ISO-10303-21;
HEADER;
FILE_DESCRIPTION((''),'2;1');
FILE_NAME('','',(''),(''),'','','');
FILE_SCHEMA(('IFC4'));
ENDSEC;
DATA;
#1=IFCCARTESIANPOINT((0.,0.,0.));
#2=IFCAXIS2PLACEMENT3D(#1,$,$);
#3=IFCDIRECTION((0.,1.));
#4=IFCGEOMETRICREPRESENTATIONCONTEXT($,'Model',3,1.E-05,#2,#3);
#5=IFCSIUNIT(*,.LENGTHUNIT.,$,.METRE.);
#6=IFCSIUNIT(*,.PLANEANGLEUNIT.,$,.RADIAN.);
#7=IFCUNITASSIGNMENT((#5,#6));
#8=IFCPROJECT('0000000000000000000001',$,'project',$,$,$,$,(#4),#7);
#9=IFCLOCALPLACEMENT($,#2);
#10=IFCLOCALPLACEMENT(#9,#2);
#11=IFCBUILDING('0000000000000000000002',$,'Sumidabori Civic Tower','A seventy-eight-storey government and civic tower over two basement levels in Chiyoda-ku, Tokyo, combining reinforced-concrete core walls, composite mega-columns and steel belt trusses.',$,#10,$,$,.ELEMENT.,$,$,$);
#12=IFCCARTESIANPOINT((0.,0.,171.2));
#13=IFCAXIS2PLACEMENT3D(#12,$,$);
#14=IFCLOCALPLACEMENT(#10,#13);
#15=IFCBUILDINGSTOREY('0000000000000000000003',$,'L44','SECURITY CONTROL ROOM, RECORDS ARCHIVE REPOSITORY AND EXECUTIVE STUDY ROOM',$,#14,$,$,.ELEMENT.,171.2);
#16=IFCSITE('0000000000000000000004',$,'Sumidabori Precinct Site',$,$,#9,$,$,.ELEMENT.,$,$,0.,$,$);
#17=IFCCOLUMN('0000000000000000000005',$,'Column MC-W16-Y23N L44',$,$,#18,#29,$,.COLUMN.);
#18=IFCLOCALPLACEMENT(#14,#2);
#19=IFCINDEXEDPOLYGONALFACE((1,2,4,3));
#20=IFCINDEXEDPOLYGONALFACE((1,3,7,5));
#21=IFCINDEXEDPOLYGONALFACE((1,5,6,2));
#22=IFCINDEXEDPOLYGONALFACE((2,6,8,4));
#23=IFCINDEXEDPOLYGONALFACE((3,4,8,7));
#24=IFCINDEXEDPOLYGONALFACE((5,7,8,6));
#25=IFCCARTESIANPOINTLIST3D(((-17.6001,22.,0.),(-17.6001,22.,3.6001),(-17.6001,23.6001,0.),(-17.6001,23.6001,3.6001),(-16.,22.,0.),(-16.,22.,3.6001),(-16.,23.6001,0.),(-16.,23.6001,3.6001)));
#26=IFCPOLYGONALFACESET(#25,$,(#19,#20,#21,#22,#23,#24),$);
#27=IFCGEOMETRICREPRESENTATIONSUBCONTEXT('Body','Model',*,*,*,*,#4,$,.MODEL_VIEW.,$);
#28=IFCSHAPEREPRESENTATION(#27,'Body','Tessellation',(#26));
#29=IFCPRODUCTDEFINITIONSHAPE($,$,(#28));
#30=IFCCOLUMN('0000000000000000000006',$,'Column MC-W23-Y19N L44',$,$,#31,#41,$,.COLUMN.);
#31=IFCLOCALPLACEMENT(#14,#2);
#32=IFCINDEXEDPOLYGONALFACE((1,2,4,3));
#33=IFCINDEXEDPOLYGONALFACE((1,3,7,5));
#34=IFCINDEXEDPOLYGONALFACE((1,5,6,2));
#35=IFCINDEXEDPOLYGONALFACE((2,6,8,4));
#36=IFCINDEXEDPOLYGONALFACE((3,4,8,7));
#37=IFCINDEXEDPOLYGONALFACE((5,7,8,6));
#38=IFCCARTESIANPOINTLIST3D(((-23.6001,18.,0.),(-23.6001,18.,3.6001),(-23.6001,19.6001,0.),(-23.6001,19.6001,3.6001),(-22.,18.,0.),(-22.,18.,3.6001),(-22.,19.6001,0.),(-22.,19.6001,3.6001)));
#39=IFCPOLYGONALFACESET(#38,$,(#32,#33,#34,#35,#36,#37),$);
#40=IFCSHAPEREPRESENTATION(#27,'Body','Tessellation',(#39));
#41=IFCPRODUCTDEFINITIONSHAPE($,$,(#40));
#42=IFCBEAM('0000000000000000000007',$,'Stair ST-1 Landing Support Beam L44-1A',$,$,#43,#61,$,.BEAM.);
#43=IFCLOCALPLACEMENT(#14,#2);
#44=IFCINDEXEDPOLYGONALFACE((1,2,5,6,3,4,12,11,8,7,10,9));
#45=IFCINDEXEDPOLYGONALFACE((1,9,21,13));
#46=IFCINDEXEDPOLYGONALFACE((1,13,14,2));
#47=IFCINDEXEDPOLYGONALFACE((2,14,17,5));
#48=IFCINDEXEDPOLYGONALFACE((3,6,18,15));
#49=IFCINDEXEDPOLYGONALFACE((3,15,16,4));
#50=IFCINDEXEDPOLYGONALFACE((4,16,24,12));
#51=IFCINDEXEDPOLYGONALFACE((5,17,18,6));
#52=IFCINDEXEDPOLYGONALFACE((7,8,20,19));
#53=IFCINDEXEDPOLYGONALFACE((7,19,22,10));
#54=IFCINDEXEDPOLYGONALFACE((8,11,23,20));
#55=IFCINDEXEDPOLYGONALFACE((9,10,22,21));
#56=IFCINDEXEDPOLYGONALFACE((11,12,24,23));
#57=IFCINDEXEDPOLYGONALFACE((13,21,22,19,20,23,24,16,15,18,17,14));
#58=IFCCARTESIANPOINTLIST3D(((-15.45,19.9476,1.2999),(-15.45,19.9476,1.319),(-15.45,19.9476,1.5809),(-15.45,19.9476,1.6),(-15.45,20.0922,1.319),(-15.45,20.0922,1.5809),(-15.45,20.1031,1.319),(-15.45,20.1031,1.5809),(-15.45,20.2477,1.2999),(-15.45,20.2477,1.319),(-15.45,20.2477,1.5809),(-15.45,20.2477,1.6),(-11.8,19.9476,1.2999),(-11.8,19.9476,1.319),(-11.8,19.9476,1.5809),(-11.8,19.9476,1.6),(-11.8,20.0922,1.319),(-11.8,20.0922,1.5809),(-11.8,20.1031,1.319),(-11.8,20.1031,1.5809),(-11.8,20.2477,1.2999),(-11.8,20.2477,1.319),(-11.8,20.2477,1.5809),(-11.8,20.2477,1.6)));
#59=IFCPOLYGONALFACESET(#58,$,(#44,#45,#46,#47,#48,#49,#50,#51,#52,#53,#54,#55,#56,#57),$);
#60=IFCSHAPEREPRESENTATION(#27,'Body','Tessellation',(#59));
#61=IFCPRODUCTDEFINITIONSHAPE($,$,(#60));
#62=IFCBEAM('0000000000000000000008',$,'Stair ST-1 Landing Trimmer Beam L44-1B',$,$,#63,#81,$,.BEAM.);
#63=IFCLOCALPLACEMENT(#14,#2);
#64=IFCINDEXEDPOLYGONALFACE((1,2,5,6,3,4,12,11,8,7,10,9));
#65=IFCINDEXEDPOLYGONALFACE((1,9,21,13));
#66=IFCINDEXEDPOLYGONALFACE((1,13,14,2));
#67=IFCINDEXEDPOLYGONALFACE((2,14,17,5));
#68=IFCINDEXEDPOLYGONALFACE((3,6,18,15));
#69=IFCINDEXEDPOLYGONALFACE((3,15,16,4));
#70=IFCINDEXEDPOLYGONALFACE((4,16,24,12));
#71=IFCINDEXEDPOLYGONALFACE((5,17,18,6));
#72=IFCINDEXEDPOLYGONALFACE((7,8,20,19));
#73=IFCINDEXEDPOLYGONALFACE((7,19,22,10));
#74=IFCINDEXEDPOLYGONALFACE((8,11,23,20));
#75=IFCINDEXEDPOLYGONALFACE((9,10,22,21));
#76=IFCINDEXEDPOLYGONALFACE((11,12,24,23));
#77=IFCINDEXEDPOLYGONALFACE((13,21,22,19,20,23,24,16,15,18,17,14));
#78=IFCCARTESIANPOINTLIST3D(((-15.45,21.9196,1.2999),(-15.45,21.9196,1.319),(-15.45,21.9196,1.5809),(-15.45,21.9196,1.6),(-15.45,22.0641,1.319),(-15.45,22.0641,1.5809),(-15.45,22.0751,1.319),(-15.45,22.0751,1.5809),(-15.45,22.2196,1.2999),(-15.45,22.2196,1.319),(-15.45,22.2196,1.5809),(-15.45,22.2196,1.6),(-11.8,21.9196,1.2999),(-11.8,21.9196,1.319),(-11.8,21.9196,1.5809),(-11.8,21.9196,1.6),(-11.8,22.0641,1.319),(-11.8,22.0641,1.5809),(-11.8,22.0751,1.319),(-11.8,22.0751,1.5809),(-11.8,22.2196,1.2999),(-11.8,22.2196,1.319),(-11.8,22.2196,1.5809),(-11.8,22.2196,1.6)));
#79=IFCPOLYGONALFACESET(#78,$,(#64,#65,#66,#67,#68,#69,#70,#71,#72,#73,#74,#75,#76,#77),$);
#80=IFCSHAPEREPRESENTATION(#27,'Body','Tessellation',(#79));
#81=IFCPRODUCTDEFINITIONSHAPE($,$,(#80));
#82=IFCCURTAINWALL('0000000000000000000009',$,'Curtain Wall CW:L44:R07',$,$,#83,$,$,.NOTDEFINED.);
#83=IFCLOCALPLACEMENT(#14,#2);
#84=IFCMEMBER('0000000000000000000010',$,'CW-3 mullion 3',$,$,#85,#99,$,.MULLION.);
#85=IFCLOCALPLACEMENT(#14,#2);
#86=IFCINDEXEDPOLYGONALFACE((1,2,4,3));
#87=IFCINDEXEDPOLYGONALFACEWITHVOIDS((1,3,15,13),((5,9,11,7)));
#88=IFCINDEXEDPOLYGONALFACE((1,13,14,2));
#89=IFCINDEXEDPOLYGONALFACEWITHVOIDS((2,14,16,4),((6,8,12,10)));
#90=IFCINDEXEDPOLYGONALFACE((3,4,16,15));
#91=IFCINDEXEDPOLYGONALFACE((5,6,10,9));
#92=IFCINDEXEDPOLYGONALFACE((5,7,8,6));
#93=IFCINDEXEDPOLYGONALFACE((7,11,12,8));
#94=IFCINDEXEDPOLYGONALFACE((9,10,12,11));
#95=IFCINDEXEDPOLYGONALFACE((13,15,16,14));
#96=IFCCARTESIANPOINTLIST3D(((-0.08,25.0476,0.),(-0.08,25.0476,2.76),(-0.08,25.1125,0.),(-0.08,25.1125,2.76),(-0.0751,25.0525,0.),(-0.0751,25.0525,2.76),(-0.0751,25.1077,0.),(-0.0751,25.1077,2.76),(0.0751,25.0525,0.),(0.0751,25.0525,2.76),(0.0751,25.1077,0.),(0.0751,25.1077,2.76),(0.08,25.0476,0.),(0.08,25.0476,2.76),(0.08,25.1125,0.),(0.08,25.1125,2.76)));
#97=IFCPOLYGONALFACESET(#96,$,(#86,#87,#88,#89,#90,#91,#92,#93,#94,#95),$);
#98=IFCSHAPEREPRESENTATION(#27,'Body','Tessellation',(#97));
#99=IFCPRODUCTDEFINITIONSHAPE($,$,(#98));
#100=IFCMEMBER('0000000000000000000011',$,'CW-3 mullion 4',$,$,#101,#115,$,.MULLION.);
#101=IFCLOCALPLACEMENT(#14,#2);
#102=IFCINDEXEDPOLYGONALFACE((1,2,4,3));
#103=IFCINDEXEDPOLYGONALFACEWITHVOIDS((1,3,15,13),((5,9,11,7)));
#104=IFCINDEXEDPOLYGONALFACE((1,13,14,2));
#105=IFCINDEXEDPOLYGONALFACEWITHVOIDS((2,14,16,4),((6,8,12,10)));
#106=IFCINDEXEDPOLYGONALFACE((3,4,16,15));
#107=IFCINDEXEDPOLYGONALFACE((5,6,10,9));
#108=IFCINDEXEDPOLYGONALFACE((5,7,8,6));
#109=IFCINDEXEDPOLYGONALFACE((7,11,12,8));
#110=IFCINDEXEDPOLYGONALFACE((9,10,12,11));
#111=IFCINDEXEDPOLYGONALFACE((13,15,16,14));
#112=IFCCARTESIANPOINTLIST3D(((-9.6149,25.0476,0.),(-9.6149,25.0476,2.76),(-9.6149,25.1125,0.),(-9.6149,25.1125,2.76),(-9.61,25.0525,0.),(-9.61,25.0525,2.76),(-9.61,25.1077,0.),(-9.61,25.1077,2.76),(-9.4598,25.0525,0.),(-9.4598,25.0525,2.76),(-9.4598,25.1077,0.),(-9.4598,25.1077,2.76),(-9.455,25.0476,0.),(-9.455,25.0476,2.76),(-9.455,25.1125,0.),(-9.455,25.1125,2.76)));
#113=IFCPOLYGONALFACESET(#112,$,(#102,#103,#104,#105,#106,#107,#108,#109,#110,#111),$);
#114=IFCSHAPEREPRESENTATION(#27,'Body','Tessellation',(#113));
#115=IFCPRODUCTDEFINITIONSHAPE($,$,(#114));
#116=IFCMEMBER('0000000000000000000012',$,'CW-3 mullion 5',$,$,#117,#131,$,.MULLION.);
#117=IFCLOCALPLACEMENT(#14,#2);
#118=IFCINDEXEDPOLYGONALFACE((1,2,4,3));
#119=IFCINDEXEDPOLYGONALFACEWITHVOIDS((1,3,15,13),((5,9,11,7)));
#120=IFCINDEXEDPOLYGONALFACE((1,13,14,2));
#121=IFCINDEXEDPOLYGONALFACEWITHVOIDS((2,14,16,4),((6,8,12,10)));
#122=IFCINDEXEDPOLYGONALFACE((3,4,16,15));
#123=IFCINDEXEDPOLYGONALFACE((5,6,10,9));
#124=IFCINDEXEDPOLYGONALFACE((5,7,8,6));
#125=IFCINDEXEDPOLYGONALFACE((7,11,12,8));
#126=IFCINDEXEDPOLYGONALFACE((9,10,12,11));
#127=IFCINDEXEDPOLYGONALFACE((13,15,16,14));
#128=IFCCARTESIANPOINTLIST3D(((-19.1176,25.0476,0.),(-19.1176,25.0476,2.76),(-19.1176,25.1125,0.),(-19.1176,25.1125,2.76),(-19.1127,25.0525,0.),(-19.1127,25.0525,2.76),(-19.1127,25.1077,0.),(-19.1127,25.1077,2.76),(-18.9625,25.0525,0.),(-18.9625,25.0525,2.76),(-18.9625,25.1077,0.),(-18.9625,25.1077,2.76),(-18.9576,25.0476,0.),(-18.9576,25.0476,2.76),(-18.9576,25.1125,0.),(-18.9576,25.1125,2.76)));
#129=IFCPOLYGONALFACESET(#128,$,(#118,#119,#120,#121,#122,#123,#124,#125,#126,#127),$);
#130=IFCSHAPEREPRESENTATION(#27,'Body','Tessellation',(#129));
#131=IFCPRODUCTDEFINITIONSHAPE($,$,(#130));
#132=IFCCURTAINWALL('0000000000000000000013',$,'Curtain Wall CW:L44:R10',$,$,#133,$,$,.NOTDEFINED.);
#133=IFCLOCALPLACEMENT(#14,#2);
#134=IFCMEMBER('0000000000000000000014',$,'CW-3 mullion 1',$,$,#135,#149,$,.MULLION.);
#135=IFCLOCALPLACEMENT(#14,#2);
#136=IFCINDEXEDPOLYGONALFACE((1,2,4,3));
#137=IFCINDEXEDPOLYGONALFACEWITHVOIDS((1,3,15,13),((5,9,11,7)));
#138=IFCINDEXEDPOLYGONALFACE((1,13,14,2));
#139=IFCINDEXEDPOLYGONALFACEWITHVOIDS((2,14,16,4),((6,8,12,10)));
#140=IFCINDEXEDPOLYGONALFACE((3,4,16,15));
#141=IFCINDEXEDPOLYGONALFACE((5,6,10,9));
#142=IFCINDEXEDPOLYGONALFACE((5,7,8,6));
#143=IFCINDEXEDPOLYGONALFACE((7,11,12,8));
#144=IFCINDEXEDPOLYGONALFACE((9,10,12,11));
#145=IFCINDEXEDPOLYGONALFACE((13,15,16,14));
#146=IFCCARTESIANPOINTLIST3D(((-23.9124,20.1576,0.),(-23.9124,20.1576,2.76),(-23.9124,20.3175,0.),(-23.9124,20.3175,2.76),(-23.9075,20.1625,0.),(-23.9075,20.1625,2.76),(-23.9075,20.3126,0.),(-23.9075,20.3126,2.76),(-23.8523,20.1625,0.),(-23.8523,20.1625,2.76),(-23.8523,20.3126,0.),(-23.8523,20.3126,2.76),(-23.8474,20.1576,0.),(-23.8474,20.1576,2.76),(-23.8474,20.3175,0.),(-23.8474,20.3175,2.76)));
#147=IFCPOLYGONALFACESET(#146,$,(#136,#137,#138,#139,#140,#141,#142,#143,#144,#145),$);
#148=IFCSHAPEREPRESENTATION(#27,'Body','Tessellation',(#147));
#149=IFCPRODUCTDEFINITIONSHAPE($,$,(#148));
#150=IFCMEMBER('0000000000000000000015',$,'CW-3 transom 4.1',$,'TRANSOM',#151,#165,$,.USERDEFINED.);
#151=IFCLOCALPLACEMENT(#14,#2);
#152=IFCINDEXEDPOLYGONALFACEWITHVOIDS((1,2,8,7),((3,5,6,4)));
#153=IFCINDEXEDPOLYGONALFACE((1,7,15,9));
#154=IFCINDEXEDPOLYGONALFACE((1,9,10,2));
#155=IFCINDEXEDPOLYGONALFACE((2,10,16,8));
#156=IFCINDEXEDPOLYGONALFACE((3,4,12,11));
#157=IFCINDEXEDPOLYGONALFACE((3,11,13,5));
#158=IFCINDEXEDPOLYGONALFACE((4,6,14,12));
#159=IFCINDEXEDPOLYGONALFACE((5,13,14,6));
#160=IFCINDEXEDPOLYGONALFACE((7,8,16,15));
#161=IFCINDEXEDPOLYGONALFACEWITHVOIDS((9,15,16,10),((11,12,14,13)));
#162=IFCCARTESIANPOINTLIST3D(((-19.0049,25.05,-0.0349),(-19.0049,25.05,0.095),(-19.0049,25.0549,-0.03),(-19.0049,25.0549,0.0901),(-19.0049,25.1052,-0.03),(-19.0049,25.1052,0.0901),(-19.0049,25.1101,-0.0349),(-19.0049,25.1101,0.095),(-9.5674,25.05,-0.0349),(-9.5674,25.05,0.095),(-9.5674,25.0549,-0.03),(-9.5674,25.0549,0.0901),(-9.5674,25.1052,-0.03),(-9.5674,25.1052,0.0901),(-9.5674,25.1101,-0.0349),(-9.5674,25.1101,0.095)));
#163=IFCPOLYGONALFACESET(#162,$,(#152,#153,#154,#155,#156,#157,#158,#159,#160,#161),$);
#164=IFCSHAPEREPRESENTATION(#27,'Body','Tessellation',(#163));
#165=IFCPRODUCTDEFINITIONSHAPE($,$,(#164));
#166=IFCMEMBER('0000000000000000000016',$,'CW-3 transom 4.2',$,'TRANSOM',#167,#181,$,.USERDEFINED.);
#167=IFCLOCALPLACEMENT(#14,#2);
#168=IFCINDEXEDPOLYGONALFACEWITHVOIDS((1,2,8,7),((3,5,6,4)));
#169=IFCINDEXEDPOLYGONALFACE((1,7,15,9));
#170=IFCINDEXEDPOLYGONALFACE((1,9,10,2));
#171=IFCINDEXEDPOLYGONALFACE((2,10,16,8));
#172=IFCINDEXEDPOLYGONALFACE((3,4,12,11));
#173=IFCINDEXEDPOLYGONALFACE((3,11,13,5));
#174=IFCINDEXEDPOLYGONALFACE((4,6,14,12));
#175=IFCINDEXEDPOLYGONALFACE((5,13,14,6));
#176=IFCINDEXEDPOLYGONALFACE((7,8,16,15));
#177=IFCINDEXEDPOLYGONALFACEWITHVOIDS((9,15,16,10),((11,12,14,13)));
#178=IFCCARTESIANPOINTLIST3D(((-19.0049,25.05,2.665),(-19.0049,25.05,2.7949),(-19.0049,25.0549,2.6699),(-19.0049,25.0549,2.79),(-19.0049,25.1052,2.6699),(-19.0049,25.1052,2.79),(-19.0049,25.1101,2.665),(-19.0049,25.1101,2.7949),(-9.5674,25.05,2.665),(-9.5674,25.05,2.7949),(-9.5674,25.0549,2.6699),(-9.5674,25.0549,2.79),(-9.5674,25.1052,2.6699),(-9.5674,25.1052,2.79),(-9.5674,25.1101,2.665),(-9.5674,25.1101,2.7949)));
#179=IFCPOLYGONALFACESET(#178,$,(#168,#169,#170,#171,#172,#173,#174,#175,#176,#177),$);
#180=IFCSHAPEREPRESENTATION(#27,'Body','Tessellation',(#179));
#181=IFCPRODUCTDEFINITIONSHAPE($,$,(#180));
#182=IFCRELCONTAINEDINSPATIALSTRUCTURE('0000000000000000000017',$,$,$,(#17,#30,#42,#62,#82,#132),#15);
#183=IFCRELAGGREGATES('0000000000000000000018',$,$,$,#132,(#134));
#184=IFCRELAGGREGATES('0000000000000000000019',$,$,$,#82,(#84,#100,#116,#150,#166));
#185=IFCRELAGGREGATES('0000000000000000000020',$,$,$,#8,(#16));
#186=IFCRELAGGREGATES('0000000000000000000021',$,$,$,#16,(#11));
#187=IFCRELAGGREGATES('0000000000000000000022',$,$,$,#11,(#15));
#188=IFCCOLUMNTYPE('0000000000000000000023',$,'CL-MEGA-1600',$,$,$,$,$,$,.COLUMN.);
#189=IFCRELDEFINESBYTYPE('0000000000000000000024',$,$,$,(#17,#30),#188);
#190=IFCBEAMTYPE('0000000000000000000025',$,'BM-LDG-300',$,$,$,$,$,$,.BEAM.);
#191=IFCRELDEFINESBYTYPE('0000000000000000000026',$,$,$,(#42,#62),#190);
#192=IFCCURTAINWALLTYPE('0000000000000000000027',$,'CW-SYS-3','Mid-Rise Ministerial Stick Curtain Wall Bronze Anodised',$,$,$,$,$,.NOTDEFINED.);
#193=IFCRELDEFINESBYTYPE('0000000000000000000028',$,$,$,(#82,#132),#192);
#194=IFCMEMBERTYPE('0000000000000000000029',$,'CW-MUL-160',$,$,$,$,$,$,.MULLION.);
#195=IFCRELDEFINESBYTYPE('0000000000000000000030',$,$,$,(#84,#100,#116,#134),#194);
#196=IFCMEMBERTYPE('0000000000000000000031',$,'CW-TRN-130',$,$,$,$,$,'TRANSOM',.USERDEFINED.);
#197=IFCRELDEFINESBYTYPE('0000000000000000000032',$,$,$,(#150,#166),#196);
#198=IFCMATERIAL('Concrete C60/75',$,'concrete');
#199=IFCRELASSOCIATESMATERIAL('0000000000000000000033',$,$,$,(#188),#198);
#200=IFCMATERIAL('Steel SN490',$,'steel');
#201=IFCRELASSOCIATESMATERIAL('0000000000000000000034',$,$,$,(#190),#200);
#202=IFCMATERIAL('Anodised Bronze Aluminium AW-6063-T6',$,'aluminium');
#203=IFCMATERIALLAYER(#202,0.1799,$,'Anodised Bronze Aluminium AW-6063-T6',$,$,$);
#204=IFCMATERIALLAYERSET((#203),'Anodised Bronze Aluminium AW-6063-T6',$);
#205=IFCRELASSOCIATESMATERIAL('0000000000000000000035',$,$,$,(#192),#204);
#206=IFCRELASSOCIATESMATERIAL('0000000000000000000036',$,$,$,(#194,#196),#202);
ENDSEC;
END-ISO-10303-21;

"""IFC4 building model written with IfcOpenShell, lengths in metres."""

from ifc_helpers import new_model, si_unit, direction, frame, origin, origin_2d, place, context, subcontext, project, spatial, rectangle, hollow_rectangle, i_section, extrude, source, transform, mapped, material, layer, layer_set, material_profile, profile_set, type_object, element, aggregate, save


model = new_model("IFC4")

# Units and contexts
model_context = context("Model", 3, precision=1e-05, world=origin(), true_north=direction((0.0, 1.0)))
body_context = subcontext(model_context, "Body", "Model", "MODEL_VIEW")
ifc_project = project(units=[si_unit("LENGTHUNIT", "METRE"), si_unit("PLANEANGLEUNIT", "RADIAN")], contexts=[model_context])

# Site, building, storey
site_placement = place(None, origin())
site = spatial("IfcSite", under=ifc_project, at=site_placement, Name="Sumidabori Precinct Site", CompositionType="ELEMENT", RefElevation=0.0)
building_placement = place(site_placement, origin())
building = spatial("IfcBuilding", under=site, at=building_placement, Name="Sumidabori Civic Tower", Description="A seventy-eight-storey government and civic tower over two basement levels in Chiyoda-ku, Tokyo, combining reinforced-concrete core walls, composite mega-columns and steel belt trusses.", CompositionType="ELEMENT")
storey_placement = place(building_placement, frame((0.0, 0.0, 171.2)))
storey = spatial("IfcBuildingStorey", under=building, at=storey_placement, Name="L44", Description="SECURITY CONTROL ROOM, RECORDS ARCHIVE REPOSITORY AND EXECUTIVE STUDY ROOM", CompositionType="ELEMENT", Elevation=171.2)

# Columns
ifc_material_1 = material(Name="Concrete C60/75", Category="concrete")
ifc_material_profile_1 = material_profile(ifc_material_1, rectangle(XDim=1.6001, YDim=1.6001, at=origin_2d()), Name="RC 1600x1600")
ifc_profile_set_1 = profile_set([ifc_material_profile_1], Name="Concrete C60/75")
column_type = type_object("IfcColumnType", Name="CL-MEGA-1600", PredefinedType="COLUMN", material=ifc_profile_set_1)
shared_shape_1 = source(origin(), body_context, "Body", "SweptSolid", [
    extrude(rectangle(XDim=1.6001, YDim=1.6001, at=origin_2d()), origin(), (0.0, 0.0, 1.0), 3.6001),
])
for number, where, z_axis, x_axis, name in (
    (1, (-16.8, 22.8, 0.0), (0.0, 0.0, 1.0), (1.0, 0.0, 0.0), "Column MC-W16-Y23N L44"),
    (2, (-22.8, 18.8, 0.0), (0.0, 0.0, 1.0), (1.0, 0.0, 0.0), "Column MC-W23-Y19N L44"),
):
    element("IfcColumn", number, at=place(storey_placement, frame(where, z_axis=z_axis, x_axis=x_axis)), inside=storey, type_object=column_type, Name=name, PredefinedType="COLUMN", context=body_context, shape_type="MappedRepresentation", body=[
        mapped(shared_shape_1, transform((0.0, 0.0, 0.0), x_axis=(1.0, 0.0, 0.0), y_axis=(0.0, 1.0, 0.0), z_axis=(0.0, 0.0, 1.0), scale=1.0)),
    ])

# Beams
ifc_material_2 = material(Name="Steel SN490", Category="steel")
ifc_material_profile_2 = material_profile(ifc_material_2, i_section(OverallWidth=0.3, OverallDepth=0.3, WebThickness=0.011, FlangeThickness=0.019, at=origin_2d()), Name="HE 300 B")
ifc_profile_set_2 = profile_set([ifc_material_profile_2], Name="Steel SN490")
beam_type = type_object("IfcBeamType", Name="BM-LDG-300", PredefinedType="BEAM", material=ifc_profile_set_2)
shared_shape_2 = source(origin(), body_context, "Body", "SweptSolid", [
    extrude(i_section(OverallWidth=0.3, OverallDepth=0.3, WebThickness=0.011, FlangeThickness=0.019, at=origin_2d()), origin(), (0.0, 0.0, 1.0), 3.6499),
])
for number, where, z_axis, x_axis, name in (
    (3, (-15.45, 20.0977, 1.45), (1.0, 0.0, 0.0), (0.0, 1.0, 0.0), "Stair ST-1 Landing Support Beam L44-1A"),
    (4, (-15.45, 22.0696, 1.45), (1.0, 0.0, 0.0), (0.0, 1.0, 0.0), "Stair ST-1 Landing Trimmer Beam L44-1B"),
):
    element("IfcBeam", number, at=place(storey_placement, frame(where, z_axis=z_axis, x_axis=x_axis)), inside=storey, type_object=beam_type, Name=name, PredefinedType="BEAM", context=body_context, shape_type="MappedRepresentation", body=[
        mapped(shared_shape_2, transform((0.0, 0.0, 0.0), x_axis=(1.0, 0.0, 0.0), y_axis=(0.0, 1.0, 0.0), z_axis=(0.0, 0.0, 1.0), scale=1.0)),
    ])

# Curtain wall, members
ifc_material_3 = material(Name="Anodised Bronze Aluminium AW-6063-T6", Category="aluminium")
ifc_layer_1 = layer(ifc_material_3, 0.1799, Name="Anodised Bronze Aluminium AW-6063-T6")
ifc_layer_set_1 = layer_set([ifc_layer_1], Name="Anodised Bronze Aluminium AW-6063-T6")
curtain_wall_type = type_object("IfcCurtainWallType", Name="CW-SYS-3", Description="Mid-Rise Ministerial Stick Curtain Wall Bronze Anodised", PredefinedType="NOTDEFINED", material=ifc_layer_set_1)
curtain_wall_1_placement = place(storey_placement, origin())
curtain_wall_1 = element("IfcCurtainWall", 5, at=curtain_wall_1_placement, inside=storey, type_object=curtain_wall_type, Name="Curtain Wall CW:L44:R07", PredefinedType="NOTDEFINED")
ifc_material_profile_3 = material_profile(ifc_material_3, hollow_rectangle(XDim=0.0649, YDim=0.1599, WallThickness=0.0049, at=origin_2d()), Name="ALU MULLION 160x65")
ifc_profile_set_3 = profile_set([ifc_material_profile_3], Name="Anodised Bronze Aluminium AW-6063-T6")
member_type_1 = type_object("IfcMemberType", Name="CW-MUL-160", PredefinedType="MULLION", material=ifc_profile_set_3)
shared_shape_3 = source(origin(), body_context, "Body", "SweptSolid", [
    extrude(hollow_rectangle(XDim=0.0649, YDim=0.1599, WallThickness=0.0049, at=origin_2d()), origin(), (0.0, 0.0, 1.0), 2.76),
])
member_1_placement = place(storey_placement, frame((0.0, 25.0801, 0.0), z_axis=(0.0, 0.0, 1.0), x_axis=(0.0, -1.0, 0.0)))
member_1 = element("IfcMember", 6, at=member_1_placement, type_object=member_type_1, Name="CW-3 mullion 3", PredefinedType="MULLION", context=body_context, shape_type="MappedRepresentation", body=[
    mapped(shared_shape_3, transform((0.0, 0.0, 0.0), x_axis=(1.0, 0.0, 0.0), y_axis=(0.0, 1.0, 0.0), z_axis=(0.0, 0.0, 1.0), scale=1.0)),
])
member_2_placement = place(storey_placement, frame((-9.5349, 25.0801, 0.0), z_axis=(0.0, 0.0, 1.0), x_axis=(0.0, -1.0, 0.0)))
member_2 = element("IfcMember", 7, at=member_2_placement, type_object=member_type_1, Name="CW-3 mullion 4", PredefinedType="MULLION", context=body_context, shape_type="MappedRepresentation", body=[
    mapped(shared_shape_3, transform((0.0, 0.0, 0.0), x_axis=(1.0, 0.0, 0.0), y_axis=(0.0, 1.0, 0.0), z_axis=(0.0, 0.0, 1.0), scale=1.0)),
])
member_3_placement = place(storey_placement, frame((-19.0376, 25.0801, 0.0), z_axis=(0.0, 0.0, 1.0), x_axis=(0.0, -1.0, 0.0)))
member_3 = element("IfcMember", 8, at=member_3_placement, type_object=member_type_1, Name="CW-3 mullion 5", PredefinedType="MULLION", context=body_context, shape_type="MappedRepresentation", body=[
    mapped(shared_shape_3, transform((0.0, 0.0, 0.0), x_axis=(1.0, 0.0, 0.0), y_axis=(0.0, 1.0, 0.0), z_axis=(0.0, 0.0, 1.0), scale=1.0)),
])

# Curtain wall, member
curtain_wall_2_placement = place(storey_placement, origin())
curtain_wall_2 = element("IfcCurtainWall", 9, at=curtain_wall_2_placement, inside=storey, type_object=curtain_wall_type, Name="Curtain Wall CW:L44:R10", PredefinedType="NOTDEFINED")
member_4_placement = place(storey_placement, frame((-23.8799, 20.2375, 0.0), z_axis=(0.0, 0.0, 1.0), x_axis=(1.0, 0.0, 0.0)))
member_4 = element("IfcMember", 10, at=member_4_placement, type_object=member_type_1, Name="CW-3 mullion 1", PredefinedType="MULLION", context=body_context, shape_type="MappedRepresentation", body=[
    mapped(shared_shape_3, transform((0.0, 0.0, 0.0), x_axis=(1.0, 0.0, 0.0), y_axis=(0.0, 1.0, 0.0), z_axis=(0.0, 0.0, 1.0), scale=1.0)),
])

# Members
ifc_material_profile_4 = material_profile(ifc_material_3, hollow_rectangle(XDim=0.0601, YDim=0.1299, WallThickness=0.0049, at=origin_2d()), Name="ALU TRANSOM 130x60")
ifc_profile_set_4 = profile_set([ifc_material_profile_4], Name="Anodised Bronze Aluminium AW-6063-T6")
member_type_2 = type_object("IfcMemberType", Name="CW-TRN-130", ElementType="TRANSOM", PredefinedType="USERDEFINED", material=ifc_profile_set_4)
shared_shape_4 = source(origin(), body_context, "Body", "SweptSolid", [
    extrude(hollow_rectangle(XDim=0.0601, YDim=0.1299, WallThickness=0.0049, at=origin_2d()), origin(), (0.0, 0.0, 1.0), 9.4375),
])
member_5_placement = place(storey_placement, frame((-9.5674, 25.0801, 0.03), z_axis=(-1.0, 0.0, 0.0), x_axis=(0.0, -1.0, 0.0)))
member_5 = element("IfcMember", 11, at=member_5_placement, type_object=member_type_2, Name="CW-3 transom 4.1", ObjectType="TRANSOM", PredefinedType="USERDEFINED", context=body_context, shape_type="MappedRepresentation", body=[
    mapped(shared_shape_4, transform((0.0, 0.0, 0.0), x_axis=(1.0, 0.0, 0.0), y_axis=(0.0, 1.0, 0.0), z_axis=(0.0, 0.0, 1.0), scale=1.0)),
])
member_6_placement = place(storey_placement, frame((-9.5674, 25.0801, 2.73), z_axis=(-1.0, 0.0, 0.0), x_axis=(0.0, -1.0, 0.0)))
member_6 = element("IfcMember", 12, at=member_6_placement, type_object=member_type_2, Name="CW-3 transom 4.2", ObjectType="TRANSOM", PredefinedType="USERDEFINED", context=body_context, shape_type="MappedRepresentation", body=[
    mapped(shared_shape_4, transform((0.0, 0.0, 0.0), x_axis=(1.0, 0.0, 0.0), y_axis=(0.0, 1.0, 0.0), z_axis=(0.0, 0.0, 1.0), scale=1.0)),
])

aggregate(curtain_wall_2, [member_4])
aggregate(curtain_wall_1, [member_1, member_2, member_3, member_5, member_6])

save(model, "model.ifc")
